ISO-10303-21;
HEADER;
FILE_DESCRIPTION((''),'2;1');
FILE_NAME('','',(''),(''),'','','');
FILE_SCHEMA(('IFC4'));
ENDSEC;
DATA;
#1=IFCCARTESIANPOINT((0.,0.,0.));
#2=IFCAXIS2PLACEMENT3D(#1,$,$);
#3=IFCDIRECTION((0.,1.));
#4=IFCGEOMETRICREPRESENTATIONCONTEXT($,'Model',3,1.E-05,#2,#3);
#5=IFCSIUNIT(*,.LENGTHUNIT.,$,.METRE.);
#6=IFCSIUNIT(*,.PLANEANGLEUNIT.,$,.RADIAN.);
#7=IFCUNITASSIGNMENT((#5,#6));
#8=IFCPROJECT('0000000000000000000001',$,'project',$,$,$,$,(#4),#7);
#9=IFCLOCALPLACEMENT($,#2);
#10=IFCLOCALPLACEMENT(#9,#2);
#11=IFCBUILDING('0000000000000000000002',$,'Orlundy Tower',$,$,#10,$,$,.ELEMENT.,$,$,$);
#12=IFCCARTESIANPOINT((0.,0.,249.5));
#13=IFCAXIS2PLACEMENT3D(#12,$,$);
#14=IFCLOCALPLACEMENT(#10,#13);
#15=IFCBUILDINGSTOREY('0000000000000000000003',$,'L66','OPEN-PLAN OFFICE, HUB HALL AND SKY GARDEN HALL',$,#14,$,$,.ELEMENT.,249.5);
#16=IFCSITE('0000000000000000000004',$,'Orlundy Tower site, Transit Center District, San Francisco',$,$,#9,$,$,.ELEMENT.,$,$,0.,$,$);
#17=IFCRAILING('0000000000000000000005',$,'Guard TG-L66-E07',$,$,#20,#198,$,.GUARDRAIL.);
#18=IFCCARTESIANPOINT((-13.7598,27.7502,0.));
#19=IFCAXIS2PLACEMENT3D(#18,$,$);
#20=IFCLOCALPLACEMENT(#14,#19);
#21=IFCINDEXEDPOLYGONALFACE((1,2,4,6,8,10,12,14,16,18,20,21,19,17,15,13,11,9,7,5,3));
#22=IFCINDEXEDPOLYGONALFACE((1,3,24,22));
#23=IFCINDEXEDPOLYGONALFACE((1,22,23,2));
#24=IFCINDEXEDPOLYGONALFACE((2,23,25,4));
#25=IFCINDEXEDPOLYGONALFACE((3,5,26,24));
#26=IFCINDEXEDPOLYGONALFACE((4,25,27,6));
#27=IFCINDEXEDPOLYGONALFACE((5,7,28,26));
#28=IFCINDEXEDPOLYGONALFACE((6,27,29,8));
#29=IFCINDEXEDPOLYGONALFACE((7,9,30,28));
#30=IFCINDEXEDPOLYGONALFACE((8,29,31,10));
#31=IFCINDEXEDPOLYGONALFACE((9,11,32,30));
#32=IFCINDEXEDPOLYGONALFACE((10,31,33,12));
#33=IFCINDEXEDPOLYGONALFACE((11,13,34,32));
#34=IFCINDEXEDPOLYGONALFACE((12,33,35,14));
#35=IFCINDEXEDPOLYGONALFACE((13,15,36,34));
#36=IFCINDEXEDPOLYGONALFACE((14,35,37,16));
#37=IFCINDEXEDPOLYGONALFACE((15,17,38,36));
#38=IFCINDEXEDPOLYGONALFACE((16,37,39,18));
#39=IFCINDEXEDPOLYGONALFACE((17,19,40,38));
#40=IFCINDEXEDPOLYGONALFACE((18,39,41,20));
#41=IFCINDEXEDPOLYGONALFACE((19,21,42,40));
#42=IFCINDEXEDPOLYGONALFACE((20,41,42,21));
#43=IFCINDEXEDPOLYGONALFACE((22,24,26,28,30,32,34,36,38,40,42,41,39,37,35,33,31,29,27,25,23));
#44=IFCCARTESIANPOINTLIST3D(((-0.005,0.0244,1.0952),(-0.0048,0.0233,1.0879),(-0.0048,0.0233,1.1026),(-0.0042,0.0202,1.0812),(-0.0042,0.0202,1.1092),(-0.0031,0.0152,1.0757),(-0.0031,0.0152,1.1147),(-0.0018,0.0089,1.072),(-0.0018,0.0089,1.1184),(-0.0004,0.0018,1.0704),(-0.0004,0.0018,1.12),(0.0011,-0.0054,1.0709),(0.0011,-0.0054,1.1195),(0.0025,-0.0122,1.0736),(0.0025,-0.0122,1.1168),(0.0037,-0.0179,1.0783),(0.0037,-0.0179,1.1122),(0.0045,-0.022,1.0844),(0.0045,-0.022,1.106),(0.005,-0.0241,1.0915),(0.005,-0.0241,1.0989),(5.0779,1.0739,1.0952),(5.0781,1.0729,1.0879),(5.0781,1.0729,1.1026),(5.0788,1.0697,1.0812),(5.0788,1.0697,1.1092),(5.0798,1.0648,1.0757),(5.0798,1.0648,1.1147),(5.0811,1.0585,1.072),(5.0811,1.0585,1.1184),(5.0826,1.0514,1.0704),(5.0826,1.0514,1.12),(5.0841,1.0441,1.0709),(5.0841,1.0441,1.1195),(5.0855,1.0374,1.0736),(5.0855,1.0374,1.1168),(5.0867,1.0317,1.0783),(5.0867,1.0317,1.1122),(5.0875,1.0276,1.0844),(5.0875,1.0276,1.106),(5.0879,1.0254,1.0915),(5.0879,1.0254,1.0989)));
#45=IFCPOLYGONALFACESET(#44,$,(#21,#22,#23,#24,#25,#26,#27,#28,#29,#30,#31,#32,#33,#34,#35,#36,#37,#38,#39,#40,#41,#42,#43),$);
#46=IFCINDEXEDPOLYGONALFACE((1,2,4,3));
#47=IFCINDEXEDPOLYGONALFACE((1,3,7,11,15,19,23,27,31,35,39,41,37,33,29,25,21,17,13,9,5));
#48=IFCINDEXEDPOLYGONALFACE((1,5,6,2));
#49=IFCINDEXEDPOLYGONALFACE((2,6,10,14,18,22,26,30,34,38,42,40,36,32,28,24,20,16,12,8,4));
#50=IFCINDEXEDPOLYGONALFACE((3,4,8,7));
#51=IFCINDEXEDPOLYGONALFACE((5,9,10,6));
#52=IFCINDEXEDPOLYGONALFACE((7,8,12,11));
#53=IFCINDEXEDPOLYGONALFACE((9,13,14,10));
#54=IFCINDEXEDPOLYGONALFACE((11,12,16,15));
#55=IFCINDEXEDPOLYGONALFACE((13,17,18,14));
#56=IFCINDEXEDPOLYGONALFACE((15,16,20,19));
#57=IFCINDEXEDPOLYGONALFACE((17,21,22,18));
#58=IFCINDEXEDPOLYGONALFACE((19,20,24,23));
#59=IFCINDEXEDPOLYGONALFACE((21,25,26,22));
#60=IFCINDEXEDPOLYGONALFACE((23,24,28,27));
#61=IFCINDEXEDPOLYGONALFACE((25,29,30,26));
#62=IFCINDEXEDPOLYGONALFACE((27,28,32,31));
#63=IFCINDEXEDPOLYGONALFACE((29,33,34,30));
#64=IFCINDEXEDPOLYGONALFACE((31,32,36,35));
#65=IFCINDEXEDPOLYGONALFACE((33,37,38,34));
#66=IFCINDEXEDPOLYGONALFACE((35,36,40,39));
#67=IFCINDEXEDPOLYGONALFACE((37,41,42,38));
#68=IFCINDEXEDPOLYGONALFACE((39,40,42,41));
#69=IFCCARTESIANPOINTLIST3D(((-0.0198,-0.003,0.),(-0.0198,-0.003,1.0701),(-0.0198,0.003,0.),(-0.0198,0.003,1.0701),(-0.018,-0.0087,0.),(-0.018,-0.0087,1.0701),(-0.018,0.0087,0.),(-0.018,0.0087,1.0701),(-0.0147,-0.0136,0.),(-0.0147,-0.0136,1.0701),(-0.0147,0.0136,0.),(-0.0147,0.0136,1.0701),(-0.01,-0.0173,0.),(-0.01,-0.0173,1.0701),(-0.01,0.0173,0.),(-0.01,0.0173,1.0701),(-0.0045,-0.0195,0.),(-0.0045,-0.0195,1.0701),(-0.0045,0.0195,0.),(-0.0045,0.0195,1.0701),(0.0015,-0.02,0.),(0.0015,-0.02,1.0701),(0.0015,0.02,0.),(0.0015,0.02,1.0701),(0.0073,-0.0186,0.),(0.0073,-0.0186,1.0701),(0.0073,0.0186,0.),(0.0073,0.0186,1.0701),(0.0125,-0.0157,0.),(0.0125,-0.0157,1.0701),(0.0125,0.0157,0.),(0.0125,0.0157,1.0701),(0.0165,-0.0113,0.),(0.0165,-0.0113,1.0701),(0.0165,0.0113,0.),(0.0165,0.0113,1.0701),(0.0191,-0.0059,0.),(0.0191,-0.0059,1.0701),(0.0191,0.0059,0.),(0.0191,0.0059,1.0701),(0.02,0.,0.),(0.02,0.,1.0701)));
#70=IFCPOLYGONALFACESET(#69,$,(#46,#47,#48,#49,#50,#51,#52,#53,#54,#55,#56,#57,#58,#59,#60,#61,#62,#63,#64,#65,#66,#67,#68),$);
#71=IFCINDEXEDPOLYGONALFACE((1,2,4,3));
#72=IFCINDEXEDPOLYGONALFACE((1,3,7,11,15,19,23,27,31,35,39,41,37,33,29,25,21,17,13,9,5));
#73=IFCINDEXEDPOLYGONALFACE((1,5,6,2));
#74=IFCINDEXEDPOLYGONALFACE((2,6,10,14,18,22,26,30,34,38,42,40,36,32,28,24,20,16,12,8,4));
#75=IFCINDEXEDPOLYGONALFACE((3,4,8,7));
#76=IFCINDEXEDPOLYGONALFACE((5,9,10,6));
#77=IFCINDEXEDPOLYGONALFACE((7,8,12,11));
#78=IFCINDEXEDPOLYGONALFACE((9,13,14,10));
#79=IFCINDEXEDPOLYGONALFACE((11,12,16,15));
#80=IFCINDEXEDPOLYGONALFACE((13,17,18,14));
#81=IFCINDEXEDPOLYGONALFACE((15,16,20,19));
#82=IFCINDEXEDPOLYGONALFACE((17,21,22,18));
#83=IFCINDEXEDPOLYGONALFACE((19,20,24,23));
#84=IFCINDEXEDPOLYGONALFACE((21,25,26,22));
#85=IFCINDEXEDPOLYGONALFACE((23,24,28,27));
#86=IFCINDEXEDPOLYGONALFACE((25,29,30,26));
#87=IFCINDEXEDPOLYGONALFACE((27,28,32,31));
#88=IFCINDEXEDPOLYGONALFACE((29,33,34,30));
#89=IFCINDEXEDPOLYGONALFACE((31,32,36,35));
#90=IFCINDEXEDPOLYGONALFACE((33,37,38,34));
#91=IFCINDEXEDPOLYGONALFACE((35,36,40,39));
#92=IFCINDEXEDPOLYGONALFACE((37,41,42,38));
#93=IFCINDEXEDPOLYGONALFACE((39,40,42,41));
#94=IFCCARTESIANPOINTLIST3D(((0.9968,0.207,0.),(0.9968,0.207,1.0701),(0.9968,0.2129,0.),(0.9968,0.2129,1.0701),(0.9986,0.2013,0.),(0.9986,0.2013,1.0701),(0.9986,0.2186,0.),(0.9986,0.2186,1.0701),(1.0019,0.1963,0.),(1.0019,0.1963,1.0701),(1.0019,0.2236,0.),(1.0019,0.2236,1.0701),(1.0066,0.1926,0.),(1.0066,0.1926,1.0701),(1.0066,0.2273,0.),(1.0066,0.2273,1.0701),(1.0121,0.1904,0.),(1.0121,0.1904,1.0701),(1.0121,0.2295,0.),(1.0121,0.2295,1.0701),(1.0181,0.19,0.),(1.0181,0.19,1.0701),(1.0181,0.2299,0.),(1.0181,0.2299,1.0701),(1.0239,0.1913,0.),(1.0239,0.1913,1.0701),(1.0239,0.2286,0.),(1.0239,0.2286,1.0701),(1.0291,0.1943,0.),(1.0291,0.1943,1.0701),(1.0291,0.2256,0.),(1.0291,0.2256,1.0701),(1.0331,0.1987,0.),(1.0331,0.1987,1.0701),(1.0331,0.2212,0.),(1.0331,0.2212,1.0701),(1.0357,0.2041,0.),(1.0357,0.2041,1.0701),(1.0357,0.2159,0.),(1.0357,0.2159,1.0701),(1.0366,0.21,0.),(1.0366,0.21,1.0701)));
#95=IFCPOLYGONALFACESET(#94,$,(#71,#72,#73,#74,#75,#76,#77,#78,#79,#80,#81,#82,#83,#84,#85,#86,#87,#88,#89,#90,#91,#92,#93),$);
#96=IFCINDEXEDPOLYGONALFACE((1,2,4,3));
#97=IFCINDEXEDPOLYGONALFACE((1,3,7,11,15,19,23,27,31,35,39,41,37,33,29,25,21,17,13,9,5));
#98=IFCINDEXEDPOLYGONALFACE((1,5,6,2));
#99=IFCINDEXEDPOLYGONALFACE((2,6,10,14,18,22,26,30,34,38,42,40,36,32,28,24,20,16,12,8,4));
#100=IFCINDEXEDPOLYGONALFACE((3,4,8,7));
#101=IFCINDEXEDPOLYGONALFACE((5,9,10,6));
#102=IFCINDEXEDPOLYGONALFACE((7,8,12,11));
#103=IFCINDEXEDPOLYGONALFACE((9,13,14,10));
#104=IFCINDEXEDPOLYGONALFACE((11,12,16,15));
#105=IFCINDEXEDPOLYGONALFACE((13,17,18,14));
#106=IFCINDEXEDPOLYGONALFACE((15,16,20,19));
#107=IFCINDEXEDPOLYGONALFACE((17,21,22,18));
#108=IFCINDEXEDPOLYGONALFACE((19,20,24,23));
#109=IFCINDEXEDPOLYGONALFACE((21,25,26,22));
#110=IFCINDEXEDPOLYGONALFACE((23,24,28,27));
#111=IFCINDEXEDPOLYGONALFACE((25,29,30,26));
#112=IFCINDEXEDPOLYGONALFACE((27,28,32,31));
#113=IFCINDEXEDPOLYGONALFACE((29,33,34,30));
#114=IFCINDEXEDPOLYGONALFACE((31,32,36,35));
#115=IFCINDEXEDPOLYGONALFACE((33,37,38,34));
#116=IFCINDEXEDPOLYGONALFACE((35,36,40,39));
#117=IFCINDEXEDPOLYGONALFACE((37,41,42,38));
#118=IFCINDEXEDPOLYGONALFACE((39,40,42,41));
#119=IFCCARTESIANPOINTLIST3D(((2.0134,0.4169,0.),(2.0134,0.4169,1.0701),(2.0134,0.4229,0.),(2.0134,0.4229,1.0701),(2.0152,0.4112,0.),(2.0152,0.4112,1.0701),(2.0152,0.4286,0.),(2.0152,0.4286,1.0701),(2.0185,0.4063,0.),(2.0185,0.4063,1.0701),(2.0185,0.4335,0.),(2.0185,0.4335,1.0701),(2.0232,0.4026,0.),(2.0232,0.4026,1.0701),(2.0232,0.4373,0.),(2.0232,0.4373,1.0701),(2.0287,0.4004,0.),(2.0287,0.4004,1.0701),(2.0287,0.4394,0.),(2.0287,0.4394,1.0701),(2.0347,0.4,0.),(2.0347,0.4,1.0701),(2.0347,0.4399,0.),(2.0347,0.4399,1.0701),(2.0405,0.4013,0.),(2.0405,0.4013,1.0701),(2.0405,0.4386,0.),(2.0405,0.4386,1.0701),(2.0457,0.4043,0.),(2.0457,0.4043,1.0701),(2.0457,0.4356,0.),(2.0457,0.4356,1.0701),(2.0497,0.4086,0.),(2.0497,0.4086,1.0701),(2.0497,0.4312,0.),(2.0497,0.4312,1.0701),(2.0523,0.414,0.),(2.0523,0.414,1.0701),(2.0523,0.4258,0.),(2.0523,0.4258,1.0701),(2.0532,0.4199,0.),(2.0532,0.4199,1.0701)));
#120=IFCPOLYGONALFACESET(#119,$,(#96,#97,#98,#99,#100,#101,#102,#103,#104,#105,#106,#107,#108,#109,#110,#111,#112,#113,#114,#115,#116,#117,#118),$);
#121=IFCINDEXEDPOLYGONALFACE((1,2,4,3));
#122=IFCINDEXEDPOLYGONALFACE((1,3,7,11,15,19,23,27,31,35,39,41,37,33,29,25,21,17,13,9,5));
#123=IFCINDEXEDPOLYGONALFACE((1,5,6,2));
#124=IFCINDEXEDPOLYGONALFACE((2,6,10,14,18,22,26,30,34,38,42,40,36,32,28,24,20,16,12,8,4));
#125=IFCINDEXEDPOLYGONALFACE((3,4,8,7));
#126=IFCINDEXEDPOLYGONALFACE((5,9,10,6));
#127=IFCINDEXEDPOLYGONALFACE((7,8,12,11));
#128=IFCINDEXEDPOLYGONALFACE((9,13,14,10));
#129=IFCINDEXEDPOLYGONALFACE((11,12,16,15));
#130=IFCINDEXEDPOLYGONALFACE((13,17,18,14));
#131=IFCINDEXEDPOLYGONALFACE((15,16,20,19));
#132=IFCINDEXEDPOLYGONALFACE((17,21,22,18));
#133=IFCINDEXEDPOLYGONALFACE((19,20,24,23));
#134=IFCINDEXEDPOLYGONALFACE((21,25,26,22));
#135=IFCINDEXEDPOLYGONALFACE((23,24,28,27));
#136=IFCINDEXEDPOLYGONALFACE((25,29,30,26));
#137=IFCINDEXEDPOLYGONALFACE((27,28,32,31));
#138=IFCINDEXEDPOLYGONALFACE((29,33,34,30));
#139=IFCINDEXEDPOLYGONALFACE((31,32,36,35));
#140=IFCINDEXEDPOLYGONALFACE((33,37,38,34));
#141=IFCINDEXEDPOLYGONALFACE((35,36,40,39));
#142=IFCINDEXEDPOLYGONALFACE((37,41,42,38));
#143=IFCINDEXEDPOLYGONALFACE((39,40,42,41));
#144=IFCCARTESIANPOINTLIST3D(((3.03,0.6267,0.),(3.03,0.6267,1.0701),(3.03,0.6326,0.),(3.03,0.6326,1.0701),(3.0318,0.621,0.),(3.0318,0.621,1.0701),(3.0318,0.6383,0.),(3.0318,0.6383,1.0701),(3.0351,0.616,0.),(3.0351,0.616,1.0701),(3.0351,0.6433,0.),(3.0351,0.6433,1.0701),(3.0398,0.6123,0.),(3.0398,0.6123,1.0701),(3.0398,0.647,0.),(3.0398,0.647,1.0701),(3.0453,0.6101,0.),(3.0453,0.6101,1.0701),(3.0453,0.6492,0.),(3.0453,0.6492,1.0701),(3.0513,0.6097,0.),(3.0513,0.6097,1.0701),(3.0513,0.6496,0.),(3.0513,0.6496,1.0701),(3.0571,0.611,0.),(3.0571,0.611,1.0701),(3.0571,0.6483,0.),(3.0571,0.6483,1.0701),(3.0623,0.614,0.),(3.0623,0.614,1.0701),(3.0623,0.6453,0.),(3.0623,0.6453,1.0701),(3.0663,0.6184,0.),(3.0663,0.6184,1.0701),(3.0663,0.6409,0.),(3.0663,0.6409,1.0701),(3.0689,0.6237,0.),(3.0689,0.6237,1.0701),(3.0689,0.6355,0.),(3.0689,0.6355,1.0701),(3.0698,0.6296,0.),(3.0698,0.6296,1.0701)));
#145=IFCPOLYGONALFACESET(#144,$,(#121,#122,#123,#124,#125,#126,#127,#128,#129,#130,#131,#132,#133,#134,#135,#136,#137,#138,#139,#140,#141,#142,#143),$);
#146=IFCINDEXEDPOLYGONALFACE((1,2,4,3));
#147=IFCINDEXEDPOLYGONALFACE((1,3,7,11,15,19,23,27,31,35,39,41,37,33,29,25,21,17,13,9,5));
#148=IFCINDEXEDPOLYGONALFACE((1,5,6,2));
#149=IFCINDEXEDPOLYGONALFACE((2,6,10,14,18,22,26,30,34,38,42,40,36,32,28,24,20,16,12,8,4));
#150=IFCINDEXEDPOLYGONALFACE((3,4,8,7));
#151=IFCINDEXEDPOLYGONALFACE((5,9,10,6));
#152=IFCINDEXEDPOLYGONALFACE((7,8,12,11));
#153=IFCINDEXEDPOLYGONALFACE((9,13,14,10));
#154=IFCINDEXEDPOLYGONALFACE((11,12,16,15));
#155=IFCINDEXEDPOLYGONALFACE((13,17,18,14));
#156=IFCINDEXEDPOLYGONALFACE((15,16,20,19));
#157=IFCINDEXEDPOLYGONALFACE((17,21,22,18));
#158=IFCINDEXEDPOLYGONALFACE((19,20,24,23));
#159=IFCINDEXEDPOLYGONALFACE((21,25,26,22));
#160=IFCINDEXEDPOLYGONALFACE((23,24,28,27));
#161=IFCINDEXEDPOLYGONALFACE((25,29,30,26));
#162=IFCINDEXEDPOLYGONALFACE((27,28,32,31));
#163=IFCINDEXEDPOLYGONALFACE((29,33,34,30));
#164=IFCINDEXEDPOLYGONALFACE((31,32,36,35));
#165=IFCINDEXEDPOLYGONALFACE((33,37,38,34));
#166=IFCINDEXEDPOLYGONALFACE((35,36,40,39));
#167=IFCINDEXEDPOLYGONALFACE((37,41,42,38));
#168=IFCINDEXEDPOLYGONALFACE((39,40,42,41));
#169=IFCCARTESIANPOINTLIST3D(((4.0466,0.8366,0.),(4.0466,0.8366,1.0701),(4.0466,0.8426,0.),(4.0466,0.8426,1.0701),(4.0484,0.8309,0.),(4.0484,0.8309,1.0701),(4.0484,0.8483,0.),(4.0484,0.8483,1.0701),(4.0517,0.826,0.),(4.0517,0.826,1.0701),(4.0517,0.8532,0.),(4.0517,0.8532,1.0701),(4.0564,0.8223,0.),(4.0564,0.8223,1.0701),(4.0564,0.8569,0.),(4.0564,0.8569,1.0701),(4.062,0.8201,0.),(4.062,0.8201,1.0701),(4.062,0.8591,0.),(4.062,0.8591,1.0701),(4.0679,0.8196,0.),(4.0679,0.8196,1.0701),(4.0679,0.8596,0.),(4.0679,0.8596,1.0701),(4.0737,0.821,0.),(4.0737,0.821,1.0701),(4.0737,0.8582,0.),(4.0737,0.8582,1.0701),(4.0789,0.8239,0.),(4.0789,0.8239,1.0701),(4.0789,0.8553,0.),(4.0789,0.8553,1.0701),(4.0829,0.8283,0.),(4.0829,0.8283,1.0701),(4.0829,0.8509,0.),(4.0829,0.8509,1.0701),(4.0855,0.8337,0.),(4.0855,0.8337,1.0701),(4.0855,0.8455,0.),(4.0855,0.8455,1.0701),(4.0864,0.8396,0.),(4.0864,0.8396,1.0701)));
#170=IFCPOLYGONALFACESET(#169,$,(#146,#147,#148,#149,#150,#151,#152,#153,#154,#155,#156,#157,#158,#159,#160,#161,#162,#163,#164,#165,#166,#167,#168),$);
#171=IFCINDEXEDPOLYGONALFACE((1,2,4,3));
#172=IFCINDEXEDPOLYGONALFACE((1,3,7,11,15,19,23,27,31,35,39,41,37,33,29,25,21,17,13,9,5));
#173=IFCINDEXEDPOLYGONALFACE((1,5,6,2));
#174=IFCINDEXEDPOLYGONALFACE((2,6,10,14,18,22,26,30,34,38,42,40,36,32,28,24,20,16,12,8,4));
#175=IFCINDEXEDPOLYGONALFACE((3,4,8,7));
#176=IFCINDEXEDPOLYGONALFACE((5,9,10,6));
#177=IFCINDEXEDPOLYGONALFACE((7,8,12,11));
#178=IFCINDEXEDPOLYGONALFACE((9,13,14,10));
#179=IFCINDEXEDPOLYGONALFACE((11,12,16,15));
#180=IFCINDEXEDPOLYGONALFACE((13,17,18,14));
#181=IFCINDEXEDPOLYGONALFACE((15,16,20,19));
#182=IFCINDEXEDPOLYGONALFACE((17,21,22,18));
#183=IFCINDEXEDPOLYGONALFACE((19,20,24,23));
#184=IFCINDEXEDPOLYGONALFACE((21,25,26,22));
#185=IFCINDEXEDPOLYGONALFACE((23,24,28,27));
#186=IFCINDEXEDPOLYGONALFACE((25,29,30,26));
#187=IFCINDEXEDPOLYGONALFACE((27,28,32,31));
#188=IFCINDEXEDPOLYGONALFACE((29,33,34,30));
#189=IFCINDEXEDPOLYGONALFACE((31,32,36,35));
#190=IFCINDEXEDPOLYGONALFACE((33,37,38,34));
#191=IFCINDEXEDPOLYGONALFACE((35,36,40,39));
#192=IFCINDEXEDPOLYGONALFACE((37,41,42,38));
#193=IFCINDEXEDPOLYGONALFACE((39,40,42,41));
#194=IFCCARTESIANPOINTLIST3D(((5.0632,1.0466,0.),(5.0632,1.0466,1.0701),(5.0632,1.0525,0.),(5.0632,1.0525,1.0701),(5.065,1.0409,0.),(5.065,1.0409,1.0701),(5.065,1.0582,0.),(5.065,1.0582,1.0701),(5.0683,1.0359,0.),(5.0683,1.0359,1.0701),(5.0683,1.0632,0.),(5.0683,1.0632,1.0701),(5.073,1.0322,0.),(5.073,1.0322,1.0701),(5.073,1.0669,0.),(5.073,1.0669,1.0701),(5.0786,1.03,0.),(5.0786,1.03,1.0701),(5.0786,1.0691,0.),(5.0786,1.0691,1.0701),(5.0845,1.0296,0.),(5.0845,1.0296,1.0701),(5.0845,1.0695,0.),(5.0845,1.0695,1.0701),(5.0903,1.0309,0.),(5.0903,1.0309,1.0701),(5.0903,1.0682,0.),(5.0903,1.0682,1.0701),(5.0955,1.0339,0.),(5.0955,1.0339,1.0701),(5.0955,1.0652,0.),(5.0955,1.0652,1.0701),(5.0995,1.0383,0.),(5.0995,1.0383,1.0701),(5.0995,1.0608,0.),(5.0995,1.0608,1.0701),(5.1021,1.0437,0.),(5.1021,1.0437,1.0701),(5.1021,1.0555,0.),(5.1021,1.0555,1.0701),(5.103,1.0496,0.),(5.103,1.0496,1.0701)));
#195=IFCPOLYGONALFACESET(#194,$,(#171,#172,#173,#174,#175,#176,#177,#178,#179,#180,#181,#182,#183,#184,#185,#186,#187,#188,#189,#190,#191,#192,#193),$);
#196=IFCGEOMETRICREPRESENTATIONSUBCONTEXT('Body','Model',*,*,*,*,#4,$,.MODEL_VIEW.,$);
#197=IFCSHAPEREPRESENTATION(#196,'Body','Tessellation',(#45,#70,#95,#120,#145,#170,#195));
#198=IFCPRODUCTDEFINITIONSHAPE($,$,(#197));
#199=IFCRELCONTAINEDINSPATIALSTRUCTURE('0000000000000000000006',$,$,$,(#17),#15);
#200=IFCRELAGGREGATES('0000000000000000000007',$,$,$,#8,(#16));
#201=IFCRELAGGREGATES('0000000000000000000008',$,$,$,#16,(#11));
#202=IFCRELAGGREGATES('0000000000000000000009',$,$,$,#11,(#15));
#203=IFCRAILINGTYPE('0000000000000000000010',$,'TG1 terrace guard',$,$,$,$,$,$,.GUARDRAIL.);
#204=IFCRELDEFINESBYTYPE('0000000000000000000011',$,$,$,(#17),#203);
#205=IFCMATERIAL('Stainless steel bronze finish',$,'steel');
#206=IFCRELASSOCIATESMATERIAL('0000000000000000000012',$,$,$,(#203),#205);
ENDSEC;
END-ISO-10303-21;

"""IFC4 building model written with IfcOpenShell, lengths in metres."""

from ifc_helpers import new_model, si_unit, direction, frame, origin, origin_2d, place, context, subcontext, project, spatial, circle, extrude, material, type_object, element, save


model = new_model("IFC4")

# Units and contexts
model_context = context("Model", 3, precision=1e-05, world=origin(), true_north=direction((0.0, 1.0)))
body_context = subcontext(model_context, "Body", "Model", "MODEL_VIEW")
ifc_project = project(units=[si_unit("LENGTHUNIT", "METRE"), si_unit("PLANEANGLEUNIT", "RADIAN")], contexts=[model_context])

# Site, building, storey
site_placement = place(None, origin())
site = spatial("IfcSite", under=ifc_project, at=site_placement, Name="Orlundy Tower site, Transit Center District, San Francisco", CompositionType="ELEMENT", RefElevation=0.0)
building_placement = place(site_placement, origin())
building = spatial("IfcBuilding", under=site, at=building_placement, Name="Orlundy Tower", CompositionType="ELEMENT")
storey_placement = place(building_placement, frame((0.0, 0.0, 249.5)))
storey = spatial("IfcBuildingStorey", under=building, at=storey_placement, Name="L66", Description="OPEN-PLAN OFFICE, HUB HALL AND SKY GARDEN HALL", CompositionType="ELEMENT", Elevation=249.5)

# Railing
ifc_material_1 = material(Name="Stainless steel bronze finish", Category="steel")
railing_type = type_object("IfcRailingType", Name="TG1 terrace guard", PredefinedType="GUARDRAIL", material=ifc_material_1)
railing_1_placement = place(storey_placement, frame((-13.7598, 27.7502, 0.0)))
element("IfcRailing", 1, at=railing_1_placement, inside=storey, type_object=railing_type, Name="Guard TG-L66-E07", PredefinedType="GUARDRAIL", context=body_context, shape_type="SweptSolid", body=[
    extrude(circle(Radius=0.0249, at=origin_2d()), frame((0.0, 0.0, 1.0952), z_axis=(0.97934, 0.202218, 0.0), x_axis=(-0.202218, 0.97934, 0.0)), (0.0, 0.0, 1.0), 5.1902),
    extrude(circle(Radius=0.02, at=origin_2d()), origin(), (0.0, 0.0, 1.0), 1.0701),
    extrude(circle(Radius=0.02, at=origin_2d()), frame((1.0166, 0.21, 0.0)), (0.0, 0.0, 1.0), 1.0701),
    extrude(circle(Radius=0.02, at=origin_2d()), frame((2.0332, 0.4199, 0.0)), (0.0, 0.0, 1.0), 1.0701),
    extrude(circle(Radius=0.02, at=origin_2d()), frame((3.0498, 0.6296, 0.0)), (0.0, 0.0, 1.0), 1.0701),
    extrude(circle(Radius=0.02, at=origin_2d()), frame((4.0664, 0.8396, 0.0)), (0.0, 0.0, 1.0), 1.0701),
    extrude(circle(Radius=0.02, at=origin_2d()), frame((5.083, 1.0496, 0.0)), (0.0, 0.0, 1.0), 1.0701),
])

save(model, "model.ifc")
